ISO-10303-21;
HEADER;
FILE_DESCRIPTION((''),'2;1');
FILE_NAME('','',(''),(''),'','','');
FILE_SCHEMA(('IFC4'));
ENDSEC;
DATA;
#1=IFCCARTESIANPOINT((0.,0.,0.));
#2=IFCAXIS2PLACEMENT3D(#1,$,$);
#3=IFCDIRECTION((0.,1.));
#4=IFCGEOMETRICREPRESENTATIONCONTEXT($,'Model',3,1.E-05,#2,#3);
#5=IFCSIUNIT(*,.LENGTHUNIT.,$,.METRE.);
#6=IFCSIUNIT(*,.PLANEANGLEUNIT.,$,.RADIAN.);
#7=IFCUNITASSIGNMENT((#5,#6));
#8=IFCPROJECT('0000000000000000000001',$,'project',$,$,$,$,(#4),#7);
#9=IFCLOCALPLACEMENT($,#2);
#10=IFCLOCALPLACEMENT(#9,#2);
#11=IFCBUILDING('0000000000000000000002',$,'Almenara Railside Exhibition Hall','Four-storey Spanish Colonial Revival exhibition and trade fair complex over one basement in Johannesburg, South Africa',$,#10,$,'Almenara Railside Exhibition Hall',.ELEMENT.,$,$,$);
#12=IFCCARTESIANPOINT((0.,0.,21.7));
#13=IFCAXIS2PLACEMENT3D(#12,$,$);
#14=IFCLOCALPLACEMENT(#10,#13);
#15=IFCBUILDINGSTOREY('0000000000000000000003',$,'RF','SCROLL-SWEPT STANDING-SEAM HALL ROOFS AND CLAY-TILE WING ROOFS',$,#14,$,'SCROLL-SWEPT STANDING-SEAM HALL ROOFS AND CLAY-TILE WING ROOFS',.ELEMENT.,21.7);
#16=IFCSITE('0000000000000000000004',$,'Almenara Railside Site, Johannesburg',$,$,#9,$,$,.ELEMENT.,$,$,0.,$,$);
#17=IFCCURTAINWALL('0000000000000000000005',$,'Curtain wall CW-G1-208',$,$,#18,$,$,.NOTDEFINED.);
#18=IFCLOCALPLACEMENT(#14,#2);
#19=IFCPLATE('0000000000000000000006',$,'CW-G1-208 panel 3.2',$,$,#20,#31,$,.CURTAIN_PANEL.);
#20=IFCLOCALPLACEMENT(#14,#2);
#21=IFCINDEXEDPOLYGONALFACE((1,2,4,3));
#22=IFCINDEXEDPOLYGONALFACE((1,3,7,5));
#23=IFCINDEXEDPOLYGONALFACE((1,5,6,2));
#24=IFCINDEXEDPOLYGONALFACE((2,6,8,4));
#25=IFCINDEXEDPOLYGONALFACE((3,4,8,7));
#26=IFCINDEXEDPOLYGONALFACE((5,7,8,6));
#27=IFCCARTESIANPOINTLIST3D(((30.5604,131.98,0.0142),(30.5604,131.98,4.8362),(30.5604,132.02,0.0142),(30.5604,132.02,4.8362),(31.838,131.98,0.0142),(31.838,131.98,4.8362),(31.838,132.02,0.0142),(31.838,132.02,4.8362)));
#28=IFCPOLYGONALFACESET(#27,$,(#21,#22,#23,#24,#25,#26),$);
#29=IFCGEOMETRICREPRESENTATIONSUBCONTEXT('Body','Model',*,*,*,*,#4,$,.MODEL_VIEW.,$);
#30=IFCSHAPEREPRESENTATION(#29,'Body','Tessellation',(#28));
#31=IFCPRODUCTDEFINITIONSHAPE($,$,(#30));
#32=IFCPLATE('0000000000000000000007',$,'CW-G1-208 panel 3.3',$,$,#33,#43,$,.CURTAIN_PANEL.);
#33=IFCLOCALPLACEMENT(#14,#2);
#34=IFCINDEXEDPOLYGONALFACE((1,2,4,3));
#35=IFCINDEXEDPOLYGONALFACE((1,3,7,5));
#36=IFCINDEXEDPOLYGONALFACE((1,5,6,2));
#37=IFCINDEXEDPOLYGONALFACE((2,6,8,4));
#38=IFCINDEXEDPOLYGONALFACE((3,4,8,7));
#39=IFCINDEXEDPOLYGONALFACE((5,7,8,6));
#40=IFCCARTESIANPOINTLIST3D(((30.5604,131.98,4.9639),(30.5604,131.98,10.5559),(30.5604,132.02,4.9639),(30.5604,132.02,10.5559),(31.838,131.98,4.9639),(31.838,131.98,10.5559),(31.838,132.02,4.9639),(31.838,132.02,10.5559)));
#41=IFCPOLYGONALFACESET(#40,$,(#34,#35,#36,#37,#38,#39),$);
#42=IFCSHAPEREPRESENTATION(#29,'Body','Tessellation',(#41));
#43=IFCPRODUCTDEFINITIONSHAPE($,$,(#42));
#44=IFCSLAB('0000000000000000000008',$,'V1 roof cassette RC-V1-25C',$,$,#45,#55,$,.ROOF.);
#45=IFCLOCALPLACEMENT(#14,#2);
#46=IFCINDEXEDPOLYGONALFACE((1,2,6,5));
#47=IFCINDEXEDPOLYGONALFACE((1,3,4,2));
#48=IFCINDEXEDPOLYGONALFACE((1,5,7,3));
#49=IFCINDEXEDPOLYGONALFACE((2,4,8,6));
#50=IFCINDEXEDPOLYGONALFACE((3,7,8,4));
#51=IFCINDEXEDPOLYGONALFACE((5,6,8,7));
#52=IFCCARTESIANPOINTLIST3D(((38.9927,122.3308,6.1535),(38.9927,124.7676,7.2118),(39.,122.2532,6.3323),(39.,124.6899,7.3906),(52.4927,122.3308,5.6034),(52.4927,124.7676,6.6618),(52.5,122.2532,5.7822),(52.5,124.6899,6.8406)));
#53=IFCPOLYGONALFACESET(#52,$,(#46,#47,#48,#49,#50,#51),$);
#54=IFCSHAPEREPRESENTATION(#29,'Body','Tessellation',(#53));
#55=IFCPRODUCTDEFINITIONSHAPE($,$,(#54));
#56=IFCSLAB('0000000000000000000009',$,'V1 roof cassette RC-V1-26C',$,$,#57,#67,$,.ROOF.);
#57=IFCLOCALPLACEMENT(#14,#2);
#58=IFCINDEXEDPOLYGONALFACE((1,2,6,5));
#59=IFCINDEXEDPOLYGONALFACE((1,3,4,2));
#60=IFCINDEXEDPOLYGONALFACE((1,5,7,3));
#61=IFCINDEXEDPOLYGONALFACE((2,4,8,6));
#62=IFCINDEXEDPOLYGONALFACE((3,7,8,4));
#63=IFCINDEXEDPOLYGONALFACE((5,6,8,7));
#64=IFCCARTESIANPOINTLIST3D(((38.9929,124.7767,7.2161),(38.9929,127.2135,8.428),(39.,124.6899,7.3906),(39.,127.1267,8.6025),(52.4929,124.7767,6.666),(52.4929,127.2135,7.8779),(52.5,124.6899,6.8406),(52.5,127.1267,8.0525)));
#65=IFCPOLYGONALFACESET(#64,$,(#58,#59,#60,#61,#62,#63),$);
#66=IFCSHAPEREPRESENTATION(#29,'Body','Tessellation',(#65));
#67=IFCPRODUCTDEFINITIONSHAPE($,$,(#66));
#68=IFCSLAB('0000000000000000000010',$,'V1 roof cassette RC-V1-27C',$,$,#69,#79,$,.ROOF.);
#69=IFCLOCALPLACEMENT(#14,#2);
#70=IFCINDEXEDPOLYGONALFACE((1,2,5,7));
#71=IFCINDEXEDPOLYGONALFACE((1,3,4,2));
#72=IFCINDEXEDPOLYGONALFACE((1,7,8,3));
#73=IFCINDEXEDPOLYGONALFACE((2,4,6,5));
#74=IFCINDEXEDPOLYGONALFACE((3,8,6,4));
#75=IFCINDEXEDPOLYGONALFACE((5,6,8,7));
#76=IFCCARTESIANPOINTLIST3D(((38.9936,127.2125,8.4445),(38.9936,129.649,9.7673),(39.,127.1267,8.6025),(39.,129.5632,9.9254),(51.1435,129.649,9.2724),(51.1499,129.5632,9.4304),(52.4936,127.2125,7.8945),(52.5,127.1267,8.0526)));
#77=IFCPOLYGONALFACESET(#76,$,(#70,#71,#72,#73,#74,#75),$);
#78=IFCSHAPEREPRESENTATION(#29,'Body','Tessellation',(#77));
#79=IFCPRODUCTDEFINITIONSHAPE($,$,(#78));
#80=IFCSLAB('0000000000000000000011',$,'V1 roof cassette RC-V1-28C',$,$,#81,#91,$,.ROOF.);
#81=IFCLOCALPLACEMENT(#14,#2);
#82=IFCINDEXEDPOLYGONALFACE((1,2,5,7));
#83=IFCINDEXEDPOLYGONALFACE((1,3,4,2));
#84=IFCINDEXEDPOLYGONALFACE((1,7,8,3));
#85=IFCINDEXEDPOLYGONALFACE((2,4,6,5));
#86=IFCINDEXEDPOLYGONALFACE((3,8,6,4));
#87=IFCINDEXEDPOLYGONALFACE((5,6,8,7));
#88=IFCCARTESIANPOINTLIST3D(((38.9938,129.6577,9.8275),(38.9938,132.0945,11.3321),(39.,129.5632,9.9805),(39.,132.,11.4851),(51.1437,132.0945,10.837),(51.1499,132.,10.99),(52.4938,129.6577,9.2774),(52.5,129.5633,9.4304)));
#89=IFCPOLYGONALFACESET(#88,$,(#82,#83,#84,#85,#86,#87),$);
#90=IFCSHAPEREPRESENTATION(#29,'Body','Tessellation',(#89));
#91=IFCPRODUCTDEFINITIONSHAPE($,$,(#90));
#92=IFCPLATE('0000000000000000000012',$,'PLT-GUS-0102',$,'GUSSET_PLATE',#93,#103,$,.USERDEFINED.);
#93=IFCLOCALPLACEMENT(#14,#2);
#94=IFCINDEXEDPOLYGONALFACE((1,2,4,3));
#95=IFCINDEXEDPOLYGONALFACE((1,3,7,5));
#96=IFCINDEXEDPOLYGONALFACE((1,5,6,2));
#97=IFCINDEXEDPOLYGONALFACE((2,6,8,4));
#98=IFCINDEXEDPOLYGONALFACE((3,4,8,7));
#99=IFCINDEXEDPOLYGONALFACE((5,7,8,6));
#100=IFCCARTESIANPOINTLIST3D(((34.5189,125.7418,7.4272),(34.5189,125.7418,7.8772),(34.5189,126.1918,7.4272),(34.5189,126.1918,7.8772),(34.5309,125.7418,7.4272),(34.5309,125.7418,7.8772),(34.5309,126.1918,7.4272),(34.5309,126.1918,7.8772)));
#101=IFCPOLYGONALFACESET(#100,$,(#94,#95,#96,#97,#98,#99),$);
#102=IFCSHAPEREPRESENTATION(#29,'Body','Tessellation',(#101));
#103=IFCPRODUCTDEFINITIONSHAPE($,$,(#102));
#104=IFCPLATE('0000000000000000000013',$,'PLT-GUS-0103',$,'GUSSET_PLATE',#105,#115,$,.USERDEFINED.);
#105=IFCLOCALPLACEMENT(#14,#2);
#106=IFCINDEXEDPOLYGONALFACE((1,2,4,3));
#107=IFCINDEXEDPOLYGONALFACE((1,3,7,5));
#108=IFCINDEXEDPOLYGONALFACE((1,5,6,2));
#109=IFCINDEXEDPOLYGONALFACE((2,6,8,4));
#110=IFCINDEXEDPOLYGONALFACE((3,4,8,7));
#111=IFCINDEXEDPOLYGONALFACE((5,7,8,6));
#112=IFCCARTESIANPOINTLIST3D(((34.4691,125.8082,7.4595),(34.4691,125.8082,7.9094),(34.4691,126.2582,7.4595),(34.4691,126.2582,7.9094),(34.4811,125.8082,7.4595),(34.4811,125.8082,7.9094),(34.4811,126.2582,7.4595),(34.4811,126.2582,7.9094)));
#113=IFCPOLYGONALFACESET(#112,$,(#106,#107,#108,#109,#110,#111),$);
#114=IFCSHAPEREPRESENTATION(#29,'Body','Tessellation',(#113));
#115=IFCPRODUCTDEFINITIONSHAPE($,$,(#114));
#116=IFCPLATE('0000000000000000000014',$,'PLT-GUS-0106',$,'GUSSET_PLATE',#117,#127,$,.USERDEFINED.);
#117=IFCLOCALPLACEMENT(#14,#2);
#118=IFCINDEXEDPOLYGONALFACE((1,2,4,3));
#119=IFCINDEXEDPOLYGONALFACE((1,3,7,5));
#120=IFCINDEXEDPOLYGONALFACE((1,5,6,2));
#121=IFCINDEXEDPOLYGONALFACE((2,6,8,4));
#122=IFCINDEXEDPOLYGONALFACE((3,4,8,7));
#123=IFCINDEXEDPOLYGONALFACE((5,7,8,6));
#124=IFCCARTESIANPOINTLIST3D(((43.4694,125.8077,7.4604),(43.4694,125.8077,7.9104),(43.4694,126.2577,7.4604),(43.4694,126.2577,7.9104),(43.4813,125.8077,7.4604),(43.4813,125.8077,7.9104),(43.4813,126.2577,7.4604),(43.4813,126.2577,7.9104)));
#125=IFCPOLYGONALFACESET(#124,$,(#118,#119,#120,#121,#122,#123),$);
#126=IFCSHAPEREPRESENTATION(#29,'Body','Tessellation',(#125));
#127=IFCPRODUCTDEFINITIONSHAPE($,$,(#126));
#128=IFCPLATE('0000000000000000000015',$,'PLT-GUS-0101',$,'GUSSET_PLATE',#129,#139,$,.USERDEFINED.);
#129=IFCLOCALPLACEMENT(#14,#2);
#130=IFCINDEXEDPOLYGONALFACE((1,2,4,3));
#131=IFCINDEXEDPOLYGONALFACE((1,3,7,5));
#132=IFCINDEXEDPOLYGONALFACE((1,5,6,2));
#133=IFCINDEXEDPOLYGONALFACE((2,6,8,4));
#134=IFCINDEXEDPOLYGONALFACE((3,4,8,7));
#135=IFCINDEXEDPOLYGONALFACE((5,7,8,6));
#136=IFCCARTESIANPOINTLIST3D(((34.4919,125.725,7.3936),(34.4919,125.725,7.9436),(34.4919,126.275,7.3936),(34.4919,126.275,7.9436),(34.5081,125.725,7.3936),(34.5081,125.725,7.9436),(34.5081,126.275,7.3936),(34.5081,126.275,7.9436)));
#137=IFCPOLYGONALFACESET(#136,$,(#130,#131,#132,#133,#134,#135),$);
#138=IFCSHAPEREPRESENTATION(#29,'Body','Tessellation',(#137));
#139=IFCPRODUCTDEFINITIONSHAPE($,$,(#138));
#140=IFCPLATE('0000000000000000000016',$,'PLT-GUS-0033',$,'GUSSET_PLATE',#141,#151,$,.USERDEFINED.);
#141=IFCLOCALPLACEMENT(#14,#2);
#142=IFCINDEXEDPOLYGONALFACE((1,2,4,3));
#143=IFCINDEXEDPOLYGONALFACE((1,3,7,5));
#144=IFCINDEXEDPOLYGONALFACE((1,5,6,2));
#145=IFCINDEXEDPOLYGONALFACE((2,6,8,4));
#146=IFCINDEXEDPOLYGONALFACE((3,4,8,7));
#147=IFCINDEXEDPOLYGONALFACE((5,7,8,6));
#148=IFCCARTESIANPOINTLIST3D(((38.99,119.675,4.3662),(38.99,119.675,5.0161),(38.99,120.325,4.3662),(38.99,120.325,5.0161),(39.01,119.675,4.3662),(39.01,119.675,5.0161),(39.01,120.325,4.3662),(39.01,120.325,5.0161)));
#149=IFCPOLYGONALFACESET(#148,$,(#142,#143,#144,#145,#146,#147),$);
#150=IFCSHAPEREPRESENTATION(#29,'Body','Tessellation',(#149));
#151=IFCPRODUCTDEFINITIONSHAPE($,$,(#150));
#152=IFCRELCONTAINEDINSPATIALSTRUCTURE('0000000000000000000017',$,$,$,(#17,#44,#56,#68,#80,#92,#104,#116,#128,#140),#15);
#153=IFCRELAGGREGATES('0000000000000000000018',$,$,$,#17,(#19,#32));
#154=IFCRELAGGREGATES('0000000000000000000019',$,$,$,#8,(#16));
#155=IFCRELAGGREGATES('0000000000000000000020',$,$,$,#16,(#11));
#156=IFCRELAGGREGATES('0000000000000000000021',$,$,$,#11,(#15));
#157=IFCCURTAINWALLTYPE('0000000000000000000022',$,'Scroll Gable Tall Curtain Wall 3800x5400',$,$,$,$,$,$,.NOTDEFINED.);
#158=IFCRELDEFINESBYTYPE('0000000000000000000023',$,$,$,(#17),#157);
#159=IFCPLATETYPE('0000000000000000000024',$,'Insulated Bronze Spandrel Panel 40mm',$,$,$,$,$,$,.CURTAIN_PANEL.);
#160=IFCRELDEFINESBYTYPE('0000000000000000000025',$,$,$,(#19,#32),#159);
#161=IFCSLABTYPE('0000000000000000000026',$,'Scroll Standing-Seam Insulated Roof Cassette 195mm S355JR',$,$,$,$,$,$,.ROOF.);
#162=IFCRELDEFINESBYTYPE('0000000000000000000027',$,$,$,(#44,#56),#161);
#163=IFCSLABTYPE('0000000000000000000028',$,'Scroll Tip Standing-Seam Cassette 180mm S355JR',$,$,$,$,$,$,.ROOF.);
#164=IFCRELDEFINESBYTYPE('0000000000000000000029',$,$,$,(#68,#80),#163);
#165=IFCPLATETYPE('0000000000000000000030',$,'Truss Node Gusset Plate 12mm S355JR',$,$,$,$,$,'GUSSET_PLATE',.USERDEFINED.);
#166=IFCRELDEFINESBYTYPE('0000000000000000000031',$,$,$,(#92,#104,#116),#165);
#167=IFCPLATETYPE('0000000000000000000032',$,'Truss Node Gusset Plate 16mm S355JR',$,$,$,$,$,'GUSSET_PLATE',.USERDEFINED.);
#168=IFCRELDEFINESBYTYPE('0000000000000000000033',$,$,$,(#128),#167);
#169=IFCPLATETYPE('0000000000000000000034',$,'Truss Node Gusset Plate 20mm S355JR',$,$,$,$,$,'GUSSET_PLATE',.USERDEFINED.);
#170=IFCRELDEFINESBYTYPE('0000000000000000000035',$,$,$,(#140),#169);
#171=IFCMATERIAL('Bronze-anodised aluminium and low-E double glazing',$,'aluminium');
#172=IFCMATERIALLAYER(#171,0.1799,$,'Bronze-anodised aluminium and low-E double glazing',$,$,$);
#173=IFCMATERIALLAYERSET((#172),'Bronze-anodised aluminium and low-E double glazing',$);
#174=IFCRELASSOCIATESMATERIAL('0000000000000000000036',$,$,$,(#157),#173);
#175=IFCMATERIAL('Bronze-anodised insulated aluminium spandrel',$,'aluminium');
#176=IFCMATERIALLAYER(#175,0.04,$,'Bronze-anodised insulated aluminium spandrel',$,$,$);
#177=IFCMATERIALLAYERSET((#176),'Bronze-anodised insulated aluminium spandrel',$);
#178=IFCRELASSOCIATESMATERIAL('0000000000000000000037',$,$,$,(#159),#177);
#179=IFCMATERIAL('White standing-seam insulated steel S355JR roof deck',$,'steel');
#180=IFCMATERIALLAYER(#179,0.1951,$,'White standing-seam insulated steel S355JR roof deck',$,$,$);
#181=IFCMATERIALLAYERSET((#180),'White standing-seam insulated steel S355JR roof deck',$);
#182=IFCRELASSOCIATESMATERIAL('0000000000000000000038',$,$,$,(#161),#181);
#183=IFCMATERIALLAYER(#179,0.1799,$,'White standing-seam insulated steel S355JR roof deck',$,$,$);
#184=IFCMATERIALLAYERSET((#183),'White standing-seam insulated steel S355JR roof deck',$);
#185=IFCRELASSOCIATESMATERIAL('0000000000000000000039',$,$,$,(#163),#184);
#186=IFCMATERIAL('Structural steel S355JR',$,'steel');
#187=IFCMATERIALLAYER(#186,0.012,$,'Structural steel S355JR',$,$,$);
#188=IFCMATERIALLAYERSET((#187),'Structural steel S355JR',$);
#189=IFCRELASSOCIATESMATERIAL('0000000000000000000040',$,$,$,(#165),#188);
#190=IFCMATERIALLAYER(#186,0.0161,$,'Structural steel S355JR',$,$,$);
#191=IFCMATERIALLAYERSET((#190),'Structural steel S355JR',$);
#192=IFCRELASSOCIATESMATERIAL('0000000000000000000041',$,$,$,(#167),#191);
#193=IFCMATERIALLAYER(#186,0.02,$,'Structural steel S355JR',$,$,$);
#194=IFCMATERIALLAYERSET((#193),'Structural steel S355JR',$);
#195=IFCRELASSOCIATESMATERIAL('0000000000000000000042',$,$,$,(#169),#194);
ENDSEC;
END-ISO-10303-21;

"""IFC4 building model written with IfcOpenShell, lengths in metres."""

from ifc_helpers import new_model, si_unit, direction, frame, origin, origin_2d, place, context, subcontext, project, spatial, polyline, rectangle, outline, extrude, material, layer, layer_set, type_object, element, aggregate, save


model = new_model("IFC4")

# Units and contexts
model_context = context("Model", 3, precision=1e-05, world=origin(), true_north=direction((0.0, 1.0)))
body_context = subcontext(model_context, "Body", "Model", "MODEL_VIEW")
ifc_project = project(units=[si_unit("LENGTHUNIT", "METRE"), si_unit("PLANEANGLEUNIT", "RADIAN")], contexts=[model_context])

# Site, building, storey
site_placement = place(None, origin())
site = spatial("IfcSite", under=ifc_project, at=site_placement, Name="Almenara Railside Site, Johannesburg", CompositionType="ELEMENT", RefElevation=0.0)
building_placement = place(site_placement, origin())
building = spatial("IfcBuilding", under=site, at=building_placement, Name="Almenara Railside Exhibition Hall", Description="Four-storey Spanish Colonial Revival exhibition and trade fair complex over one basement in Johannesburg, South Africa", LongName="Almenara Railside Exhibition Hall", CompositionType="ELEMENT")
storey_placement = place(building_placement, frame((0.0, 0.0, 21.7)))
storey = spatial("IfcBuildingStorey", under=building, at=storey_placement, Name="RF", Description="SCROLL-SWEPT STANDING-SEAM HALL ROOFS AND CLAY-TILE WING ROOFS", LongName="SCROLL-SWEPT STANDING-SEAM HALL ROOFS AND CLAY-TILE WING ROOFS", CompositionType="ELEMENT", Elevation=21.7)

# Shared definitions
ifc_material_1 = material(Name="Structural steel S355JR", Category="steel")

# Shared definitions
ifc_material_2 = material(Name="Bronze-anodised aluminium and low-E double glazing", Category="aluminium")
ifc_layer_1 = layer(ifc_material_2, 0.1799, Name="Bronze-anodised aluminium and low-E double glazing")
ifc_layer_set_1 = layer_set([ifc_layer_1], Name="Bronze-anodised aluminium and low-E double glazing")
curtain_wall_type = type_object("IfcCurtainWallType", Name="Scroll Gable Tall Curtain Wall 3800x5400", PredefinedType="NOTDEFINED", material=ifc_layer_set_1)

# Curtain wall
curtain_wall_1_placement = place(storey_placement, origin())
curtain_wall_1 = element("IfcCurtainWall", 1, at=curtain_wall_1_placement, inside=storey, type_object=curtain_wall_type, Name="Curtain wall CW-G1-208", PredefinedType="NOTDEFINED")

# Plates
ifc_material_3 = material(Name="Bronze-anodised insulated aluminium spandrel", Category="aluminium")
ifc_layer_2 = layer(ifc_material_3, 0.04, Name="Bronze-anodised insulated aluminium spandrel")
ifc_layer_set_2 = layer_set([ifc_layer_2], Name="Bronze-anodised insulated aluminium spandrel")
plate_type_1 = type_object("IfcPlateType", Name="Insulated Bronze Spandrel Panel 40mm", PredefinedType="CURTAIN_PANEL", material=ifc_layer_set_2)
plate_1_placement = place(storey_placement, frame((31.1992, 132.0, 0.0142), z_axis=(0.0, 0.0, 1.0), x_axis=(1.0, 0.0, 0.0)))
plate_1 = element("IfcPlate", 2, at=plate_1_placement, type_object=plate_type_1, Name="CW-G1-208 panel 3.2", PredefinedType="CURTAIN_PANEL", context=body_context, shape_type="SweptSolid", body=[
    extrude(rectangle(XDim=1.2776, YDim=0.04, at=origin_2d()), origin(), (0.0, 0.0, 1.0), 4.822),
])
plate_2_placement = place(storey_placement, frame((31.1992, 132.0, 4.9639), z_axis=(0.0, 0.0, 1.0), x_axis=(1.0, 0.0, 0.0)))
plate_2 = element("IfcPlate", 3, at=plate_2_placement, type_object=plate_type_1, Name="CW-G1-208 panel 3.3", PredefinedType="CURTAIN_PANEL", context=body_context, shape_type="SweptSolid", body=[
    extrude(rectangle(XDim=1.2776, YDim=0.04, at=origin_2d()), origin(), (0.0, 0.0, 1.0), 5.592),
])
aggregate(curtain_wall_1, [plate_1, plate_2])

# Slabs
ifc_material_4 = material(Name="White standing-seam insulated steel S355JR roof deck", Category="steel")
ifc_layer_3 = layer(ifc_material_4, 0.1951, Name="White standing-seam insulated steel S355JR roof deck")
ifc_layer_set_3 = layer_set([ifc_layer_3], Name="White standing-seam insulated steel S355JR roof deck")
slab_type_1 = type_object("IfcSlabType", Name="Scroll Standing-Seam Insulated Roof Cassette 195mm S355JR", PredefinedType="ROOF", material=ifc_layer_set_3)
slab_1_placement = place(storey_placement, frame((39.0, 122.2532, 6.3323), z_axis=(0.037346, -0.398095, 0.916584), x_axis=(0.999171, 0.0, -0.040711)))
element("IfcSlab", 4, at=slab_1_placement, inside=storey, type_object=slab_type_1, Name="V1 roof cassette RC-V1-25C", PredefinedType="ROOF", context=body_context, shape_type="SweptSolid", body=[
    extrude(outline(polyline([(0.0, 0.0), (13.5112, 0.0), (13.4681, 2.6563), (-0.0431, 2.6563), (0.0, 0.0)])), origin(), (0.0, 0.0, -1.0), 0.1951),
])
slab_2_placement = place(storey_placement, frame((39.0, 124.6899, 7.3906), z_axis=(0.036457, -0.445015, 0.894781), x_axis=(0.999171, 0.0, -0.040711)))
element("IfcSlab", 5, at=slab_2_placement, inside=storey, type_object=slab_type_1, Name="V1 roof cassette RC-V1-26C", PredefinedType="ROOF", context=body_context, shape_type="SweptSolid", body=[
    extrude(outline(polyline([(0.0, 0.0), (13.5112, 0.0), (13.4619, 2.7211), (-0.0493, 2.7211), (0.0, 0.0)])), origin(), (0.0, 0.0, -1.0), 0.1951),
])
ifc_layer_4 = layer(ifc_material_4, 0.1799, Name="White standing-seam insulated steel S355JR roof deck")
ifc_layer_set_4 = layer_set([ifc_layer_4], Name="White standing-seam insulated steel S355JR roof deck")
slab_type_2 = type_object("IfcSlabType", Name="Scroll Tip Standing-Seam Cassette 180mm S355JR", PredefinedType="ROOF", material=ifc_layer_set_4)
slab_3_placement = place(storey_placement, frame((39.0, 127.1267, 8.6025), z_axis=(0.035779, -0.47683, 0.878267), x_axis=(0.999171, -0.000003, -0.040706)))
element("IfcSlab", 6, at=slab_3_placement, inside=storey, type_object=slab_type_2, Name="V1 roof cassette RC-V1-27C", PredefinedType="ROOF", context=body_context, shape_type="SweptSolid", body=[
    extrude(outline(polyline([(0.0, 0.0), (13.5112, 0.0), (12.1061, 2.772), (-0.0539, 2.7719), (0.0, 0.0)])), origin(), (0.0, 0.0, -1.0), 0.1799),
])
slab_4_placement = place(storey_placement, frame((39.0, 129.5632, 9.9805), z_axis=(0.03465, -0.52506, 0.85036), x_axis=(0.999171, 0.000001, -0.040713)))
element("IfcSlab", 7, at=slab_4_placement, inside=storey, type_object=slab_type_2, Name="V1 roof cassette RC-V1-28C", PredefinedType="ROOF", context=body_context, shape_type="SweptSolid", body=[
    extrude(outline(polyline([(0.0, 0.0), (13.5112, 0.0), (12.0987, 2.8632), (-0.0613, 2.8632), (0.0, 0.0)])), origin(), (0.0, 0.0, -1.0), 0.1799),
])

# Plates
ifc_layer_5 = layer(ifc_material_1, 0.012, Name="Structural steel S355JR")
ifc_layer_set_5 = layer_set([ifc_layer_5], Name="Structural steel S355JR")
plate_type_2 = type_object("IfcPlateType", Name="Truss Node Gusset Plate 12mm S355JR", ElementType="GUSSET_PLATE", PredefinedType="USERDEFINED", material=ifc_layer_set_5)
for number, where, z_axis, x_axis, name in (
    (8, (34.5249, 125.9668, 7.4272), (0.0, 0.0, 1.0), (0.0, 1.0, 0.0), "PLT-GUS-0102"),
    (9, (34.4751, 126.0332, 7.4595), (0.0, 0.0, 1.0), (0.0, 1.0, 0.0), "PLT-GUS-0103"),
    (10, (43.4753, 126.0327, 7.4604), (0.0, 0.0, 1.0), (0.0, 1.0, 0.0), "PLT-GUS-0106"),
):
    element("IfcPlate", number, at=place(storey_placement, frame(where, z_axis=z_axis, x_axis=x_axis)), inside=storey, type_object=plate_type_2, Name=name, ObjectType="GUSSET_PLATE", PredefinedType="USERDEFINED", context=body_context, shape_type="SweptSolid", body=[
        extrude(rectangle(XDim=0.45, YDim=0.012, at=origin_2d()), origin(), (0.0, 0.0, 1.0), 0.45),
    ])
ifc_layer_6 = layer(ifc_material_1, 0.0161, Name="Structural steel S355JR")
ifc_layer_set_6 = layer_set([ifc_layer_6], Name="Structural steel S355JR")
plate_type_3 = type_object("IfcPlateType", Name="Truss Node Gusset Plate 16mm S355JR", ElementType="GUSSET_PLATE", PredefinedType="USERDEFINED", material=ifc_layer_set_6)
plate_3_placement = place(storey_placement, frame((34.5, 126.0, 7.3936), z_axis=(0.0, 0.0, 1.0), x_axis=(0.0, 1.0, 0.0)))
element("IfcPlate", 11, at=plate_3_placement, inside=storey, type_object=plate_type_3, Name="PLT-GUS-0101", ObjectType="GUSSET_PLATE", PredefinedType="USERDEFINED", context=body_context, shape_type="SweptSolid", body=[
    extrude(rectangle(XDim=0.55, YDim=0.0161, at=origin_2d()), origin(), (0.0, 0.0, 1.0), 0.55),
])
ifc_layer_7 = layer(ifc_material_1, 0.02, Name="Structural steel S355JR")
ifc_layer_set_7 = layer_set([ifc_layer_7], Name="Structural steel S355JR")
plate_type_4 = type_object("IfcPlateType", Name="Truss Node Gusset Plate 20mm S355JR", ElementType="GUSSET_PLATE", PredefinedType="USERDEFINED", material=ifc_layer_set_7)
plate_4_placement = place(storey_placement, frame((39.0, 120.0, 4.3662), z_axis=(0.0, 0.0, 1.0), x_axis=(0.0, 1.0, 0.0)))
element("IfcPlate", 12, at=plate_4_placement, inside=storey, type_object=plate_type_4, Name="PLT-GUS-0033", ObjectType="GUSSET_PLATE", PredefinedType="USERDEFINED", context=body_context, shape_type="SweptSolid", body=[
    extrude(rectangle(XDim=0.6499, YDim=0.02, at=origin_2d()), origin(), (0.0, 0.0, 1.0), 0.6499),
])

save(model, "model.ifc")
